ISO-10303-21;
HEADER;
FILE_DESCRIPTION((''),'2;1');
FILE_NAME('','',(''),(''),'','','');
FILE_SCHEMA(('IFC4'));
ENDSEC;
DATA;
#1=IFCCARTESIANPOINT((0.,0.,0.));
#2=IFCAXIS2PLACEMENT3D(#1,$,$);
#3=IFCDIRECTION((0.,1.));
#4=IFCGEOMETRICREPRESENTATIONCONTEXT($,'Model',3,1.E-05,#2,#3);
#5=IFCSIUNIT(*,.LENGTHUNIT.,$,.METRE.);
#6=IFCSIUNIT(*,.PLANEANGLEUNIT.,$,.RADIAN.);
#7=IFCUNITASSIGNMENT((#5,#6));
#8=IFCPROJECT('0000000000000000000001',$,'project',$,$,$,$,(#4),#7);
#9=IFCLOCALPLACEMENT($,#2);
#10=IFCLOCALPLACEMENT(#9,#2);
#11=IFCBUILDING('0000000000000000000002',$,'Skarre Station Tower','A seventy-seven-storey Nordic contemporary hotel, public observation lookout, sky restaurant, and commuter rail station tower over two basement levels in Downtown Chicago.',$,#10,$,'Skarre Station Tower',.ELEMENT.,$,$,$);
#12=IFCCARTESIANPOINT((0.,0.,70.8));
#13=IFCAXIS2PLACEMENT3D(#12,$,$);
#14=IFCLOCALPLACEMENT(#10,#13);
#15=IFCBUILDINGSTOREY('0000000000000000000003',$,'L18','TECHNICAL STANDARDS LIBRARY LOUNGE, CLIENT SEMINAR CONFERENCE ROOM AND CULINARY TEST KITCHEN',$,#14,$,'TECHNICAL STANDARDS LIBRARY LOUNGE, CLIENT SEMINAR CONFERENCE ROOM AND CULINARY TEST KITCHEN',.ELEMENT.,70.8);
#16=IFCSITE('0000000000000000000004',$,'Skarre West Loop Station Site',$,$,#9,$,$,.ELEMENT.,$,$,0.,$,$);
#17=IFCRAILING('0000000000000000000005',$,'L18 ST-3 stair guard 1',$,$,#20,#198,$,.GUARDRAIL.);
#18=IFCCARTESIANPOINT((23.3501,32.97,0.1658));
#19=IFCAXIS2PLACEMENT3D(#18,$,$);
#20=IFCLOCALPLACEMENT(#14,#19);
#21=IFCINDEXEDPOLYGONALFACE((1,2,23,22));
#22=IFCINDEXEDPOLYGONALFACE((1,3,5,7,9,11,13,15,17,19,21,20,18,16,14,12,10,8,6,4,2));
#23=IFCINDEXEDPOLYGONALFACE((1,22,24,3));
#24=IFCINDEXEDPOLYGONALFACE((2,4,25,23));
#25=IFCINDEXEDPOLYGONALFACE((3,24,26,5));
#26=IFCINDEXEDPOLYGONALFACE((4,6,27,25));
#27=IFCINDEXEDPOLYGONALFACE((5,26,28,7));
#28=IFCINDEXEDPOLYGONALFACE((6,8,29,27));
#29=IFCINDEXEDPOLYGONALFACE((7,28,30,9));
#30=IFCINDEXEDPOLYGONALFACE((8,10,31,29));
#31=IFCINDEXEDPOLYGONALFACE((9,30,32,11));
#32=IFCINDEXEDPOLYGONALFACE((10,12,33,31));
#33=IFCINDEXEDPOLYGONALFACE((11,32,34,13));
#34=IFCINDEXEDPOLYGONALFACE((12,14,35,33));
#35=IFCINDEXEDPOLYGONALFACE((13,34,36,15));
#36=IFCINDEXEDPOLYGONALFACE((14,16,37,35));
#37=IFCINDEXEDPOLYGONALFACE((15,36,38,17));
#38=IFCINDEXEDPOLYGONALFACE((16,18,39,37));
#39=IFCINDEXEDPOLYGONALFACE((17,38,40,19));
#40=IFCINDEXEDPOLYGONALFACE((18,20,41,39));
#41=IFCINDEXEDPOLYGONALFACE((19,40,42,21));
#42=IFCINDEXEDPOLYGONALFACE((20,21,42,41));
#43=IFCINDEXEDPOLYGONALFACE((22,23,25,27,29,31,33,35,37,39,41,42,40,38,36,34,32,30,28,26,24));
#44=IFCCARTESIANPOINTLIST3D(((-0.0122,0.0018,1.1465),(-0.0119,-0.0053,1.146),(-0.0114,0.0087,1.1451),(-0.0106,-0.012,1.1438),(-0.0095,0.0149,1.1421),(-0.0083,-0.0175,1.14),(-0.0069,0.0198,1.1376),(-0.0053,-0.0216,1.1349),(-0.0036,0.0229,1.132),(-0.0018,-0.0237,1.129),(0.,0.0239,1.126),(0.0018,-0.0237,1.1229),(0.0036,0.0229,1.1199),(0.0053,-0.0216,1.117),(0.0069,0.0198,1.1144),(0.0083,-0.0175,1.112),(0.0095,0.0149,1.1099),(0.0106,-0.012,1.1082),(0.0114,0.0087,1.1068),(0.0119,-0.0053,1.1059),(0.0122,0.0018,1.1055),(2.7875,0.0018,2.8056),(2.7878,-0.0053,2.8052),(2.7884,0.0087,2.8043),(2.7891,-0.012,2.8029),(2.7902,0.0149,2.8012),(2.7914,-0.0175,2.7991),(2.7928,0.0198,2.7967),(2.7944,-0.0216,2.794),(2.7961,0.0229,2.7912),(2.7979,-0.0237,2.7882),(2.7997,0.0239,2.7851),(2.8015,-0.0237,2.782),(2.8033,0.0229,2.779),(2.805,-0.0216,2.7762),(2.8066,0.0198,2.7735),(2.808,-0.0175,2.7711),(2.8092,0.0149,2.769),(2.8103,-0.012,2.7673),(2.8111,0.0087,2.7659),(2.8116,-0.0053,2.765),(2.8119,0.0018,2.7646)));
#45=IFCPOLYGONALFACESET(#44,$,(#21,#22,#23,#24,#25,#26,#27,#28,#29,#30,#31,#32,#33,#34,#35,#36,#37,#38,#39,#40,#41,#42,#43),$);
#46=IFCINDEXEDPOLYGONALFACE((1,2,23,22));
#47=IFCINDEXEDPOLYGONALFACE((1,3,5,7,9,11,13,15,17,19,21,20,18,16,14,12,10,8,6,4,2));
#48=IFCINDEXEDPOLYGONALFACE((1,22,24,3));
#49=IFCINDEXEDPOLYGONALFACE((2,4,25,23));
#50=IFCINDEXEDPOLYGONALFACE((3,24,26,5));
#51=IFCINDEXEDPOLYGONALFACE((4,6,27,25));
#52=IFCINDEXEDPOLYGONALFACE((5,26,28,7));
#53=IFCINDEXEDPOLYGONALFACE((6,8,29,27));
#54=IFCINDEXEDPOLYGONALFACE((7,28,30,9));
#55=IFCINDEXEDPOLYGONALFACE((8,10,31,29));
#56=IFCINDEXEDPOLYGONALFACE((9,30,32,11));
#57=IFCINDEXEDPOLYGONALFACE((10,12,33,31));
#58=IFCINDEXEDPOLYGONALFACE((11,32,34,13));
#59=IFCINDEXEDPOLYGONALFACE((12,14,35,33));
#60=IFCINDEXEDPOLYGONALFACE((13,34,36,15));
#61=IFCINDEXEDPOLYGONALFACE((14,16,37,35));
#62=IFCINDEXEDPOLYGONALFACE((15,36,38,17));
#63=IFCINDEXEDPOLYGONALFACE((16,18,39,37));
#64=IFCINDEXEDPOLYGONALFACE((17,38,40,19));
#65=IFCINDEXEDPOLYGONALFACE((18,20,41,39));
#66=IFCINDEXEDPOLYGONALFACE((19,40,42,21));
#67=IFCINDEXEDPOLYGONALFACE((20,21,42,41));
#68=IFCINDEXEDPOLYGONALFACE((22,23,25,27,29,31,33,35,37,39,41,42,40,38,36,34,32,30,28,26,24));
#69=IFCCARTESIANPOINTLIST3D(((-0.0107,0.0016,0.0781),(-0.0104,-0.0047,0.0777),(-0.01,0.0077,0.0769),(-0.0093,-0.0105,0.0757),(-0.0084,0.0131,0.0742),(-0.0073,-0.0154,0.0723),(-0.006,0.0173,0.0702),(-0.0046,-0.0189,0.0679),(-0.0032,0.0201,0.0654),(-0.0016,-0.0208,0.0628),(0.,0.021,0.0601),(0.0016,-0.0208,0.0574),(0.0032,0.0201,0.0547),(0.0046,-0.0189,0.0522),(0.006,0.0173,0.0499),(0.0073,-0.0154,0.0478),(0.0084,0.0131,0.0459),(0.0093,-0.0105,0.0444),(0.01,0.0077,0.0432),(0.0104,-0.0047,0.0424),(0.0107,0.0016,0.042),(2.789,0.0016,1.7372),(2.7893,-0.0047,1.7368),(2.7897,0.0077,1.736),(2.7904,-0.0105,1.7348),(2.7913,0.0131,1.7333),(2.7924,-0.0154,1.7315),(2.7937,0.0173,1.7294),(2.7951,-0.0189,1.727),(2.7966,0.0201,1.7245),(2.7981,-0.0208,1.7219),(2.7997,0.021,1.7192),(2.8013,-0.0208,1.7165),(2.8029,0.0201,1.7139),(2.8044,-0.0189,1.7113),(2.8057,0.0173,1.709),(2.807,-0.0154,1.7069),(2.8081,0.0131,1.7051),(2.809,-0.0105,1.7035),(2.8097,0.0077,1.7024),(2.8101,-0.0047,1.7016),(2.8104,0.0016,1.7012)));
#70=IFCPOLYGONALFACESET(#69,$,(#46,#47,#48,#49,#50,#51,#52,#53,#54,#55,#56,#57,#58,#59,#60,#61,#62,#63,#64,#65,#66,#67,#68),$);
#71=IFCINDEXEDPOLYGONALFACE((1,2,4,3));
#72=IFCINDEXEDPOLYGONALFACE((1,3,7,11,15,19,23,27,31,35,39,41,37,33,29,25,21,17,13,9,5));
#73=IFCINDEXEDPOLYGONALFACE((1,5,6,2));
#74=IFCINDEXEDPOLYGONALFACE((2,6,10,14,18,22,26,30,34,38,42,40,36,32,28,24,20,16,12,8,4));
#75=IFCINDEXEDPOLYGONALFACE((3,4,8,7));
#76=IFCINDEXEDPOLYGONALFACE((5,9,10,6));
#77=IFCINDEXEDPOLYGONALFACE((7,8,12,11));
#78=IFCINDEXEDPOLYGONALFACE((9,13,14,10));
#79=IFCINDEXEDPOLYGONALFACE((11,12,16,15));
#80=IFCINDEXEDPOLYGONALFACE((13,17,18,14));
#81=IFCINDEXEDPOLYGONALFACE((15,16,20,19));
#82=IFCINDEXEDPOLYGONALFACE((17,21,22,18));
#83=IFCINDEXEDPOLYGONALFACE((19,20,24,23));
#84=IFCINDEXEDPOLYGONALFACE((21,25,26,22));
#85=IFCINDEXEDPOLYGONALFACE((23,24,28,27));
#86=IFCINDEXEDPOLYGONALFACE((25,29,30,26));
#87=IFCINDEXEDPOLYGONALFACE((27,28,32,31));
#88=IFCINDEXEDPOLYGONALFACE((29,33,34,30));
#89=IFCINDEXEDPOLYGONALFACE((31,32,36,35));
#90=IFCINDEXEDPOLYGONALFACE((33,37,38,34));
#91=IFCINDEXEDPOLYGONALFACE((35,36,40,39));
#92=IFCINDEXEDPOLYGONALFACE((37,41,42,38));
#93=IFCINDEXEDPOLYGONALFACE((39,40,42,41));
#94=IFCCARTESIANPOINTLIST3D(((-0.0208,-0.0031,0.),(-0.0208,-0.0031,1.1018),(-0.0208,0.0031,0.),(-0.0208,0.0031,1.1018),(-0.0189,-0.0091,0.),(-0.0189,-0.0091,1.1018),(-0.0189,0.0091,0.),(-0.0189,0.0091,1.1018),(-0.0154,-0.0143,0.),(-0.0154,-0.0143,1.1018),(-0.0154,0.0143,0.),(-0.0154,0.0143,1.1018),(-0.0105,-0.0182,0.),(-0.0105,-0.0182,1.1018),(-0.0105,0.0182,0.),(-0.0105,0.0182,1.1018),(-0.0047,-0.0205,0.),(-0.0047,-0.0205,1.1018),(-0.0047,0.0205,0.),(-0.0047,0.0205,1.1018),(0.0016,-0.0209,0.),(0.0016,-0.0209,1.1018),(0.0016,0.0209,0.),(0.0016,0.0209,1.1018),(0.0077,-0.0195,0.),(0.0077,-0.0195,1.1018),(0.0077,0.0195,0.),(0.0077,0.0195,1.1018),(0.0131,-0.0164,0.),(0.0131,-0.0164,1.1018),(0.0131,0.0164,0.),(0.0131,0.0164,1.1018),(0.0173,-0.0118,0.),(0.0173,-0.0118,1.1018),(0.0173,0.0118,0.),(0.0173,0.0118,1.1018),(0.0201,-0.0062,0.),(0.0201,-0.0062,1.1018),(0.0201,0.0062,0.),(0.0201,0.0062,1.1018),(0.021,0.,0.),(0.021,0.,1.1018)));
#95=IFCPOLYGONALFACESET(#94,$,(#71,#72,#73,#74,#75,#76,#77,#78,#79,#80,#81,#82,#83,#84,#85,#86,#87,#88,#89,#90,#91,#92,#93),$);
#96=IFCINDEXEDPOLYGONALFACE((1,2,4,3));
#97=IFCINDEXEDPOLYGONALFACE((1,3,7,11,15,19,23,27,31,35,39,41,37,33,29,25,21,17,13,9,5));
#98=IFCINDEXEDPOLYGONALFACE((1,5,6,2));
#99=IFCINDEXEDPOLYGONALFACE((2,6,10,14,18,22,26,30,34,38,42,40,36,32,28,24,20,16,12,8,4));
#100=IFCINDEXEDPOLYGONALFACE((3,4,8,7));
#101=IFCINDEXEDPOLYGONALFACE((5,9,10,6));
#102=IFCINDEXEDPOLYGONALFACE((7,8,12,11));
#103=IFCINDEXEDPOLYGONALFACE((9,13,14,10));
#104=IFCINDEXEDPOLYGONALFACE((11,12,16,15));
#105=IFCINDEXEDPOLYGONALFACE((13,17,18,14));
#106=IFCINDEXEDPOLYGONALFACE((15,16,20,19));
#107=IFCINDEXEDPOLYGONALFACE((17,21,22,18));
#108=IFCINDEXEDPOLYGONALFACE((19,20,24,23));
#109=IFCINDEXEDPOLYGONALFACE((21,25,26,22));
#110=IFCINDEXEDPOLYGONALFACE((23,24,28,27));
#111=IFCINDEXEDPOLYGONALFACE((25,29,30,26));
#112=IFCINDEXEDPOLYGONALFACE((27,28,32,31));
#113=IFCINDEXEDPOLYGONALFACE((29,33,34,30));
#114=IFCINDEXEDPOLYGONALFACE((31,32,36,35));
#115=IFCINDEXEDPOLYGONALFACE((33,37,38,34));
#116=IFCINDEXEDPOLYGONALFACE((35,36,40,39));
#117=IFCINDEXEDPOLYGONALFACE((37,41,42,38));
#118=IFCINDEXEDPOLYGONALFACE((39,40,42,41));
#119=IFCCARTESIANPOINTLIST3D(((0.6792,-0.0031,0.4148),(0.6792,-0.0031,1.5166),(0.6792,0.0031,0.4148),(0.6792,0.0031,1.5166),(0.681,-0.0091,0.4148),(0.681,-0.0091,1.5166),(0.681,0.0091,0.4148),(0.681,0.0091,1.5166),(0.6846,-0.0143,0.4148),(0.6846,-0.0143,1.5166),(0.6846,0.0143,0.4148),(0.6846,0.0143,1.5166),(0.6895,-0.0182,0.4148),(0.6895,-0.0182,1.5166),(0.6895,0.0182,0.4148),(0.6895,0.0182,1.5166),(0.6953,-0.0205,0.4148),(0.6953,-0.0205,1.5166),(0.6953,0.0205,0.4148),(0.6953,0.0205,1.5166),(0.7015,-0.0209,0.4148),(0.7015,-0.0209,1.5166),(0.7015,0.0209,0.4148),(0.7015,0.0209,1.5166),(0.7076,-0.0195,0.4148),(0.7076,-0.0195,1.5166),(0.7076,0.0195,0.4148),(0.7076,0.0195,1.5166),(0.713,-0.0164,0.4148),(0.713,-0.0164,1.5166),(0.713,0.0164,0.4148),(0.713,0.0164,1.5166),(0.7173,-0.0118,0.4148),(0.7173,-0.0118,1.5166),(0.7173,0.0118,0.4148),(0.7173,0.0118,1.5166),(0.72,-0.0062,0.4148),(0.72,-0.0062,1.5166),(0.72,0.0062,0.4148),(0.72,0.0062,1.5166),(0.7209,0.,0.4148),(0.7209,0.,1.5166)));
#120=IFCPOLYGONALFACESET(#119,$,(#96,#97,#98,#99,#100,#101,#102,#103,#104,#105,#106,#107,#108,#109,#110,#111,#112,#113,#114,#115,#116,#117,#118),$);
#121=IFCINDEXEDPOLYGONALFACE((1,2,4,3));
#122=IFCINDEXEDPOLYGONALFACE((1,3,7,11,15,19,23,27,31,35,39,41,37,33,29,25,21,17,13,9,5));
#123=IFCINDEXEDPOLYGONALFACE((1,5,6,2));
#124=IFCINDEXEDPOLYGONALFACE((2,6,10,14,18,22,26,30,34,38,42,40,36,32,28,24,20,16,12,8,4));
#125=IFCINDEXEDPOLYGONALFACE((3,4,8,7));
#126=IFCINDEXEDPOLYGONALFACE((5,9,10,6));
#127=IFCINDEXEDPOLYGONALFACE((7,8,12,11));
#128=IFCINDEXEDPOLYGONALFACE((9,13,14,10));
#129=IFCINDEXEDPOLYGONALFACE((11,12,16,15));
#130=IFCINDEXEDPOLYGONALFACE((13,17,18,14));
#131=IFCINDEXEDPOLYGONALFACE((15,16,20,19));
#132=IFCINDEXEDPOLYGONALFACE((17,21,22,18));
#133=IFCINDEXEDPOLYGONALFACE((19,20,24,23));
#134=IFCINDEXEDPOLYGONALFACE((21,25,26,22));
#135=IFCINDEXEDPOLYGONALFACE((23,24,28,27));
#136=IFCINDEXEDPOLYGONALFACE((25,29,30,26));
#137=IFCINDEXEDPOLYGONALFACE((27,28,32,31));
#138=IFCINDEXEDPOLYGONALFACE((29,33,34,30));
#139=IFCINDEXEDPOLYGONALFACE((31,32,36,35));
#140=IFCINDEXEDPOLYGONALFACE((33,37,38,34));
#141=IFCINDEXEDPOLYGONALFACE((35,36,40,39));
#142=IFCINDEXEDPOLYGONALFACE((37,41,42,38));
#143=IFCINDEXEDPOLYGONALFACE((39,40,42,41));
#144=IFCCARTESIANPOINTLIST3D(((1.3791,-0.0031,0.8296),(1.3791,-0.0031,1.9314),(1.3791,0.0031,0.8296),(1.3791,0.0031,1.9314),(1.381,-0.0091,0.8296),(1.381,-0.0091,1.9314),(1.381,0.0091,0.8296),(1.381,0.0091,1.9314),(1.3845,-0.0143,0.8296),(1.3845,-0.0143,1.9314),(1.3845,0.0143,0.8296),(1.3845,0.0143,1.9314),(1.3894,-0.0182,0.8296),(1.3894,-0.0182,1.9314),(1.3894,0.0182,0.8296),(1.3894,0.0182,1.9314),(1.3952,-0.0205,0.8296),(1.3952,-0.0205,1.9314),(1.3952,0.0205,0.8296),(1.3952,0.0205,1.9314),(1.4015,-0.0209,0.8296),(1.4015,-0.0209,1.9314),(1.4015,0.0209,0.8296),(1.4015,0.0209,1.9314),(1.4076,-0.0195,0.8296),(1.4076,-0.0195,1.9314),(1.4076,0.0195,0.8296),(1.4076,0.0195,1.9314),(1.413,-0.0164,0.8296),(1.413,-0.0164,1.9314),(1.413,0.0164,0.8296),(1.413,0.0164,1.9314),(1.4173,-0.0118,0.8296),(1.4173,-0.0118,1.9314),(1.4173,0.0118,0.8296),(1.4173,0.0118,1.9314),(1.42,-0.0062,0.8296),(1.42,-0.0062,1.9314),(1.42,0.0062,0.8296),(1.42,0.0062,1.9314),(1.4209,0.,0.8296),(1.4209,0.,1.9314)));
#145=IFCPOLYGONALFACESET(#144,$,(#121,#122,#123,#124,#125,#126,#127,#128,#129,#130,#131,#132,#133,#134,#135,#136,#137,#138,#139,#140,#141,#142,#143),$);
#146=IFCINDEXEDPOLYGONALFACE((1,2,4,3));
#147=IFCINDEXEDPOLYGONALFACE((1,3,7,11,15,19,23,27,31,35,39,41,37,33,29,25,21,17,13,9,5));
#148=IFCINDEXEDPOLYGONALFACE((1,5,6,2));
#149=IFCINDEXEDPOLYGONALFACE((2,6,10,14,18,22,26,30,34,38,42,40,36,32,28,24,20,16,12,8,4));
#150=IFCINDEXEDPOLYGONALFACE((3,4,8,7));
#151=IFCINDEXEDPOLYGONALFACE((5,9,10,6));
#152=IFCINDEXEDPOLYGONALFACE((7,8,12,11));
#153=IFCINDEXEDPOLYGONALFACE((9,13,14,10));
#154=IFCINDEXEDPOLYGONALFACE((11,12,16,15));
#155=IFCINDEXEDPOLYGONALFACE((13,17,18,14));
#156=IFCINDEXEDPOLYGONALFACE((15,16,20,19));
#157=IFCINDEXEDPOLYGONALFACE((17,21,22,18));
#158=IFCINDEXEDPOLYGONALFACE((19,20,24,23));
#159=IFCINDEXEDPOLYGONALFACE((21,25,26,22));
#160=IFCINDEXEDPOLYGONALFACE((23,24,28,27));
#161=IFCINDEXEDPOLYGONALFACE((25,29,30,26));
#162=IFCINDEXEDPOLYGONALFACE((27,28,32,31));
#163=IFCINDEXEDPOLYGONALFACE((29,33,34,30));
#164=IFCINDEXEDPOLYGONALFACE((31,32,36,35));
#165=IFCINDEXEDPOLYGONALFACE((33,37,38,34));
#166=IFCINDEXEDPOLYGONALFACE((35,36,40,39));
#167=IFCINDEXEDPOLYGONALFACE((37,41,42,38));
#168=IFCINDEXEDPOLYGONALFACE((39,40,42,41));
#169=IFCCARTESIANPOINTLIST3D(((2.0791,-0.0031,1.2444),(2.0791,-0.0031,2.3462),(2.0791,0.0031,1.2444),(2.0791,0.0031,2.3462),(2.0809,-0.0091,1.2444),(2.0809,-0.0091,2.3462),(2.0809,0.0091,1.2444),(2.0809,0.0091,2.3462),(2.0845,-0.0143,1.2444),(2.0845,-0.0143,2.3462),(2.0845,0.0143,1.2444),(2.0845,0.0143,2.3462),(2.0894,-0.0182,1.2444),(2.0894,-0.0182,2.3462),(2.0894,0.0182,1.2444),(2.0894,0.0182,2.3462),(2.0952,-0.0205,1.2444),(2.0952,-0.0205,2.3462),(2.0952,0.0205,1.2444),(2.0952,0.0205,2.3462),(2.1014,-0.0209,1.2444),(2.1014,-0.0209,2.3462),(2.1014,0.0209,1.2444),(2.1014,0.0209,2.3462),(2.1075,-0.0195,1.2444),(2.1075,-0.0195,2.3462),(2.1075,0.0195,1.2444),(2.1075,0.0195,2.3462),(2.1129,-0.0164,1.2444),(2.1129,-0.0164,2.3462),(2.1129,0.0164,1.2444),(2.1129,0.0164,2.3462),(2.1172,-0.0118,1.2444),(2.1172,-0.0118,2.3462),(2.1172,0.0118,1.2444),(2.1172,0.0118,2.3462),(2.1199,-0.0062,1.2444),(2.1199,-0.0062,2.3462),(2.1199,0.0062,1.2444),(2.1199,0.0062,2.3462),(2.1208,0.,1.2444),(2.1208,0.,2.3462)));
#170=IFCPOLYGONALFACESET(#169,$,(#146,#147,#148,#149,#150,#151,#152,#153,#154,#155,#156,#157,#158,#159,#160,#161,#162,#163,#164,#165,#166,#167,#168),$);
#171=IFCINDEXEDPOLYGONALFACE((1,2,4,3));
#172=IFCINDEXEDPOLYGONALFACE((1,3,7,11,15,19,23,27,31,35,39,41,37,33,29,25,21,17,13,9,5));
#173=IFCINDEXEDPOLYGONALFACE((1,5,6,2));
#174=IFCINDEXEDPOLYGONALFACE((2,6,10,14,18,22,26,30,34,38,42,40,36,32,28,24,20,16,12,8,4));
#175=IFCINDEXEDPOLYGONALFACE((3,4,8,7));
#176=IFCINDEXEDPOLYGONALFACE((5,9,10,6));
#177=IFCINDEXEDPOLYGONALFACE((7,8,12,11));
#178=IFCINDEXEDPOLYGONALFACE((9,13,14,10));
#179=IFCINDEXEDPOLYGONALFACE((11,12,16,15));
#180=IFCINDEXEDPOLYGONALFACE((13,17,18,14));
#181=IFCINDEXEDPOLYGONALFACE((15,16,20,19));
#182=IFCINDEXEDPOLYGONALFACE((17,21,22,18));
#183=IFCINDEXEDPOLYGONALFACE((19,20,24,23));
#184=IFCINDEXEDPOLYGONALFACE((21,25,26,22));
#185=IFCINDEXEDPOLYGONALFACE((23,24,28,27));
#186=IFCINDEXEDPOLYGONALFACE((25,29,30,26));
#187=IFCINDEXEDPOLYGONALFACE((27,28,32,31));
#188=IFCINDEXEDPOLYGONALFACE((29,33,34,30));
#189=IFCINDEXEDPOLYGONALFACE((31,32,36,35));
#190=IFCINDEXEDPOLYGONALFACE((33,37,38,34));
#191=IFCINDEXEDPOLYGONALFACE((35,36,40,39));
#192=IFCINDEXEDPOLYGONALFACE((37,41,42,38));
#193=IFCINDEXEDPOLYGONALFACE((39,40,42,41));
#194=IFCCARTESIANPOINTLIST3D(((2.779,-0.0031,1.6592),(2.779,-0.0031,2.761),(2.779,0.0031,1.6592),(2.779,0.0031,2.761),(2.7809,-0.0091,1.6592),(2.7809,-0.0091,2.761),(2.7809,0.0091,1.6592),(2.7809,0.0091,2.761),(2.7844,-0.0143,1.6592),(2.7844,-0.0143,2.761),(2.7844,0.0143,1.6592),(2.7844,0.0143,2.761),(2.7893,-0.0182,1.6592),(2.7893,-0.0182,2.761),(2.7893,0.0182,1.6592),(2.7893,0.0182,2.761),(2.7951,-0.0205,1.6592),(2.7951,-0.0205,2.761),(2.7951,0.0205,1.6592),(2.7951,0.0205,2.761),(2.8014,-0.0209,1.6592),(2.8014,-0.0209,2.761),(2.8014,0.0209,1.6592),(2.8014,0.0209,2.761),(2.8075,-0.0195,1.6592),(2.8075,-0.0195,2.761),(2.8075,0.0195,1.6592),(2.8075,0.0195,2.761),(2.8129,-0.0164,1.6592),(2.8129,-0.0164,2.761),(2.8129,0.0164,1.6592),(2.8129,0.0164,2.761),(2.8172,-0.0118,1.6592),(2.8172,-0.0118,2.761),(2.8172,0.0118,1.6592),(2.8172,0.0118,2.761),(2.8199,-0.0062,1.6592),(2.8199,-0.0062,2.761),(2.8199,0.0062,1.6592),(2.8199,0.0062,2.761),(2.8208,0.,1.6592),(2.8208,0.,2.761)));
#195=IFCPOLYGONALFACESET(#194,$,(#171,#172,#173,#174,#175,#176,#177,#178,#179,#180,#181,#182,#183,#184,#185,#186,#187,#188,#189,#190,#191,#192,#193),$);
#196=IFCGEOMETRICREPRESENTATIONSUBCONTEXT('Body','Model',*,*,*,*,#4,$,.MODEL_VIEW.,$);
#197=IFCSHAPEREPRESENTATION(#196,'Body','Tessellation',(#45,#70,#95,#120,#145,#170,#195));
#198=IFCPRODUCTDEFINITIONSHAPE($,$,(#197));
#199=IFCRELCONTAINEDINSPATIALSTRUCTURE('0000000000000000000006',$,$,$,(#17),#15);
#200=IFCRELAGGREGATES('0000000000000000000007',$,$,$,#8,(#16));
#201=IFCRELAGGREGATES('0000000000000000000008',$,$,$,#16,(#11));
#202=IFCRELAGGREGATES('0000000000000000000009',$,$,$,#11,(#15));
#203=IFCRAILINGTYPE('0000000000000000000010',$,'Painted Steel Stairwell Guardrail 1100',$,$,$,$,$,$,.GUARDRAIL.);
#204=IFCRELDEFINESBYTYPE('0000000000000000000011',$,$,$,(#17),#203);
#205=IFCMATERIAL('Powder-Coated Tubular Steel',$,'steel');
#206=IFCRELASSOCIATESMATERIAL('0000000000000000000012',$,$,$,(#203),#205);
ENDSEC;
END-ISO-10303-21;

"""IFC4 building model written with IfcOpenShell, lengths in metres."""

from ifc_helpers import new_model, si_unit, direction, frame, origin, origin_2d, place, context, subcontext, project, spatial, circle, extrude, material, type_object, element, save


model = new_model("IFC4")

# Units and contexts
model_context = context("Model", 3, precision=1e-05, world=origin(), true_north=direction((0.0, 1.0)))
body_context = subcontext(model_context, "Body", "Model", "MODEL_VIEW")
ifc_project = project(units=[si_unit("LENGTHUNIT", "METRE"), si_unit("PLANEANGLEUNIT", "RADIAN")], contexts=[model_context])

# Site, building, storey
site_placement = place(None, origin())
site = spatial("IfcSite", under=ifc_project, at=site_placement, Name="Skarre West Loop Station Site", CompositionType="ELEMENT", RefElevation=0.0)
building_placement = place(site_placement, origin())
building = spatial("IfcBuilding", under=site, at=building_placement, Name="Skarre Station Tower", Description="A seventy-seven-storey Nordic contemporary hotel, public observation lookout, sky restaurant, and commuter rail station tower over two basement levels in Downtown Chicago.", LongName="Skarre Station Tower", CompositionType="ELEMENT")
storey_placement = place(building_placement, frame((0.0, 0.0, 70.8)))
storey = spatial("IfcBuildingStorey", under=building, at=storey_placement, Name="L18", Description="TECHNICAL STANDARDS LIBRARY LOUNGE, CLIENT SEMINAR CONFERENCE ROOM AND CULINARY TEST KITCHEN", LongName="TECHNICAL STANDARDS LIBRARY LOUNGE, CLIENT SEMINAR CONFERENCE ROOM AND CULINARY TEST KITCHEN", CompositionType="ELEMENT", Elevation=70.8)

# Railing
ifc_material_1 = material(Name="Powder-Coated Tubular Steel", Category="steel")
railing_type_1 = type_object("IfcRailingType", Name="Painted Steel Stairwell Guardrail 1100", PredefinedType="GUARDRAIL", material=ifc_material_1)
railing_1_placement = place(storey_placement, frame((23.3501, 32.97, 0.1658)))
element("IfcRailing", 1, at=railing_1_placement, inside=storey, type_object=railing_type_1, Name="L18 ST-3 stair guard 1", PredefinedType="GUARDRAIL", context=body_context, shape_type="SweptSolid", body=[
    extrude(circle(Radius=0.0239, at=origin_2d()), frame((0.0, 0.0, 1.126), z_axis=(0.860287, 0.0, 0.509811), x_axis=(0.0, 1.0, 0.0)), (0.0, 0.0, 1.0), 3.2544),
    extrude(circle(Radius=0.021, at=origin_2d()), frame((0.0, 0.0, 0.0601), z_axis=(0.860287, 0.0, 0.509811), x_axis=(0.0, 1.0, 0.0)), (0.0, 0.0, 1.0), 3.2544),
    extrude(circle(Radius=0.021, at=origin_2d()), origin(), (0.0, 0.0, 1.0), 1.1018),
    extrude(circle(Radius=0.021, at=origin_2d()), frame((0.7, 0.0, 0.4148)), (0.0, 0.0, 1.0), 1.1018),
    extrude(circle(Radius=0.021, at=origin_2d()), frame((1.3999, 0.0, 0.8296)), (0.0, 0.0, 1.0), 1.1018),
    extrude(circle(Radius=0.021, at=origin_2d()), frame((2.0999, 0.0, 1.2444)), (0.0, 0.0, 1.0), 1.1018),
    extrude(circle(Radius=0.021, at=origin_2d()), frame((2.7998, 0.0, 1.6592)), (0.0, 0.0, 1.0), 1.1018),
])

save(model, "model.ifc")
